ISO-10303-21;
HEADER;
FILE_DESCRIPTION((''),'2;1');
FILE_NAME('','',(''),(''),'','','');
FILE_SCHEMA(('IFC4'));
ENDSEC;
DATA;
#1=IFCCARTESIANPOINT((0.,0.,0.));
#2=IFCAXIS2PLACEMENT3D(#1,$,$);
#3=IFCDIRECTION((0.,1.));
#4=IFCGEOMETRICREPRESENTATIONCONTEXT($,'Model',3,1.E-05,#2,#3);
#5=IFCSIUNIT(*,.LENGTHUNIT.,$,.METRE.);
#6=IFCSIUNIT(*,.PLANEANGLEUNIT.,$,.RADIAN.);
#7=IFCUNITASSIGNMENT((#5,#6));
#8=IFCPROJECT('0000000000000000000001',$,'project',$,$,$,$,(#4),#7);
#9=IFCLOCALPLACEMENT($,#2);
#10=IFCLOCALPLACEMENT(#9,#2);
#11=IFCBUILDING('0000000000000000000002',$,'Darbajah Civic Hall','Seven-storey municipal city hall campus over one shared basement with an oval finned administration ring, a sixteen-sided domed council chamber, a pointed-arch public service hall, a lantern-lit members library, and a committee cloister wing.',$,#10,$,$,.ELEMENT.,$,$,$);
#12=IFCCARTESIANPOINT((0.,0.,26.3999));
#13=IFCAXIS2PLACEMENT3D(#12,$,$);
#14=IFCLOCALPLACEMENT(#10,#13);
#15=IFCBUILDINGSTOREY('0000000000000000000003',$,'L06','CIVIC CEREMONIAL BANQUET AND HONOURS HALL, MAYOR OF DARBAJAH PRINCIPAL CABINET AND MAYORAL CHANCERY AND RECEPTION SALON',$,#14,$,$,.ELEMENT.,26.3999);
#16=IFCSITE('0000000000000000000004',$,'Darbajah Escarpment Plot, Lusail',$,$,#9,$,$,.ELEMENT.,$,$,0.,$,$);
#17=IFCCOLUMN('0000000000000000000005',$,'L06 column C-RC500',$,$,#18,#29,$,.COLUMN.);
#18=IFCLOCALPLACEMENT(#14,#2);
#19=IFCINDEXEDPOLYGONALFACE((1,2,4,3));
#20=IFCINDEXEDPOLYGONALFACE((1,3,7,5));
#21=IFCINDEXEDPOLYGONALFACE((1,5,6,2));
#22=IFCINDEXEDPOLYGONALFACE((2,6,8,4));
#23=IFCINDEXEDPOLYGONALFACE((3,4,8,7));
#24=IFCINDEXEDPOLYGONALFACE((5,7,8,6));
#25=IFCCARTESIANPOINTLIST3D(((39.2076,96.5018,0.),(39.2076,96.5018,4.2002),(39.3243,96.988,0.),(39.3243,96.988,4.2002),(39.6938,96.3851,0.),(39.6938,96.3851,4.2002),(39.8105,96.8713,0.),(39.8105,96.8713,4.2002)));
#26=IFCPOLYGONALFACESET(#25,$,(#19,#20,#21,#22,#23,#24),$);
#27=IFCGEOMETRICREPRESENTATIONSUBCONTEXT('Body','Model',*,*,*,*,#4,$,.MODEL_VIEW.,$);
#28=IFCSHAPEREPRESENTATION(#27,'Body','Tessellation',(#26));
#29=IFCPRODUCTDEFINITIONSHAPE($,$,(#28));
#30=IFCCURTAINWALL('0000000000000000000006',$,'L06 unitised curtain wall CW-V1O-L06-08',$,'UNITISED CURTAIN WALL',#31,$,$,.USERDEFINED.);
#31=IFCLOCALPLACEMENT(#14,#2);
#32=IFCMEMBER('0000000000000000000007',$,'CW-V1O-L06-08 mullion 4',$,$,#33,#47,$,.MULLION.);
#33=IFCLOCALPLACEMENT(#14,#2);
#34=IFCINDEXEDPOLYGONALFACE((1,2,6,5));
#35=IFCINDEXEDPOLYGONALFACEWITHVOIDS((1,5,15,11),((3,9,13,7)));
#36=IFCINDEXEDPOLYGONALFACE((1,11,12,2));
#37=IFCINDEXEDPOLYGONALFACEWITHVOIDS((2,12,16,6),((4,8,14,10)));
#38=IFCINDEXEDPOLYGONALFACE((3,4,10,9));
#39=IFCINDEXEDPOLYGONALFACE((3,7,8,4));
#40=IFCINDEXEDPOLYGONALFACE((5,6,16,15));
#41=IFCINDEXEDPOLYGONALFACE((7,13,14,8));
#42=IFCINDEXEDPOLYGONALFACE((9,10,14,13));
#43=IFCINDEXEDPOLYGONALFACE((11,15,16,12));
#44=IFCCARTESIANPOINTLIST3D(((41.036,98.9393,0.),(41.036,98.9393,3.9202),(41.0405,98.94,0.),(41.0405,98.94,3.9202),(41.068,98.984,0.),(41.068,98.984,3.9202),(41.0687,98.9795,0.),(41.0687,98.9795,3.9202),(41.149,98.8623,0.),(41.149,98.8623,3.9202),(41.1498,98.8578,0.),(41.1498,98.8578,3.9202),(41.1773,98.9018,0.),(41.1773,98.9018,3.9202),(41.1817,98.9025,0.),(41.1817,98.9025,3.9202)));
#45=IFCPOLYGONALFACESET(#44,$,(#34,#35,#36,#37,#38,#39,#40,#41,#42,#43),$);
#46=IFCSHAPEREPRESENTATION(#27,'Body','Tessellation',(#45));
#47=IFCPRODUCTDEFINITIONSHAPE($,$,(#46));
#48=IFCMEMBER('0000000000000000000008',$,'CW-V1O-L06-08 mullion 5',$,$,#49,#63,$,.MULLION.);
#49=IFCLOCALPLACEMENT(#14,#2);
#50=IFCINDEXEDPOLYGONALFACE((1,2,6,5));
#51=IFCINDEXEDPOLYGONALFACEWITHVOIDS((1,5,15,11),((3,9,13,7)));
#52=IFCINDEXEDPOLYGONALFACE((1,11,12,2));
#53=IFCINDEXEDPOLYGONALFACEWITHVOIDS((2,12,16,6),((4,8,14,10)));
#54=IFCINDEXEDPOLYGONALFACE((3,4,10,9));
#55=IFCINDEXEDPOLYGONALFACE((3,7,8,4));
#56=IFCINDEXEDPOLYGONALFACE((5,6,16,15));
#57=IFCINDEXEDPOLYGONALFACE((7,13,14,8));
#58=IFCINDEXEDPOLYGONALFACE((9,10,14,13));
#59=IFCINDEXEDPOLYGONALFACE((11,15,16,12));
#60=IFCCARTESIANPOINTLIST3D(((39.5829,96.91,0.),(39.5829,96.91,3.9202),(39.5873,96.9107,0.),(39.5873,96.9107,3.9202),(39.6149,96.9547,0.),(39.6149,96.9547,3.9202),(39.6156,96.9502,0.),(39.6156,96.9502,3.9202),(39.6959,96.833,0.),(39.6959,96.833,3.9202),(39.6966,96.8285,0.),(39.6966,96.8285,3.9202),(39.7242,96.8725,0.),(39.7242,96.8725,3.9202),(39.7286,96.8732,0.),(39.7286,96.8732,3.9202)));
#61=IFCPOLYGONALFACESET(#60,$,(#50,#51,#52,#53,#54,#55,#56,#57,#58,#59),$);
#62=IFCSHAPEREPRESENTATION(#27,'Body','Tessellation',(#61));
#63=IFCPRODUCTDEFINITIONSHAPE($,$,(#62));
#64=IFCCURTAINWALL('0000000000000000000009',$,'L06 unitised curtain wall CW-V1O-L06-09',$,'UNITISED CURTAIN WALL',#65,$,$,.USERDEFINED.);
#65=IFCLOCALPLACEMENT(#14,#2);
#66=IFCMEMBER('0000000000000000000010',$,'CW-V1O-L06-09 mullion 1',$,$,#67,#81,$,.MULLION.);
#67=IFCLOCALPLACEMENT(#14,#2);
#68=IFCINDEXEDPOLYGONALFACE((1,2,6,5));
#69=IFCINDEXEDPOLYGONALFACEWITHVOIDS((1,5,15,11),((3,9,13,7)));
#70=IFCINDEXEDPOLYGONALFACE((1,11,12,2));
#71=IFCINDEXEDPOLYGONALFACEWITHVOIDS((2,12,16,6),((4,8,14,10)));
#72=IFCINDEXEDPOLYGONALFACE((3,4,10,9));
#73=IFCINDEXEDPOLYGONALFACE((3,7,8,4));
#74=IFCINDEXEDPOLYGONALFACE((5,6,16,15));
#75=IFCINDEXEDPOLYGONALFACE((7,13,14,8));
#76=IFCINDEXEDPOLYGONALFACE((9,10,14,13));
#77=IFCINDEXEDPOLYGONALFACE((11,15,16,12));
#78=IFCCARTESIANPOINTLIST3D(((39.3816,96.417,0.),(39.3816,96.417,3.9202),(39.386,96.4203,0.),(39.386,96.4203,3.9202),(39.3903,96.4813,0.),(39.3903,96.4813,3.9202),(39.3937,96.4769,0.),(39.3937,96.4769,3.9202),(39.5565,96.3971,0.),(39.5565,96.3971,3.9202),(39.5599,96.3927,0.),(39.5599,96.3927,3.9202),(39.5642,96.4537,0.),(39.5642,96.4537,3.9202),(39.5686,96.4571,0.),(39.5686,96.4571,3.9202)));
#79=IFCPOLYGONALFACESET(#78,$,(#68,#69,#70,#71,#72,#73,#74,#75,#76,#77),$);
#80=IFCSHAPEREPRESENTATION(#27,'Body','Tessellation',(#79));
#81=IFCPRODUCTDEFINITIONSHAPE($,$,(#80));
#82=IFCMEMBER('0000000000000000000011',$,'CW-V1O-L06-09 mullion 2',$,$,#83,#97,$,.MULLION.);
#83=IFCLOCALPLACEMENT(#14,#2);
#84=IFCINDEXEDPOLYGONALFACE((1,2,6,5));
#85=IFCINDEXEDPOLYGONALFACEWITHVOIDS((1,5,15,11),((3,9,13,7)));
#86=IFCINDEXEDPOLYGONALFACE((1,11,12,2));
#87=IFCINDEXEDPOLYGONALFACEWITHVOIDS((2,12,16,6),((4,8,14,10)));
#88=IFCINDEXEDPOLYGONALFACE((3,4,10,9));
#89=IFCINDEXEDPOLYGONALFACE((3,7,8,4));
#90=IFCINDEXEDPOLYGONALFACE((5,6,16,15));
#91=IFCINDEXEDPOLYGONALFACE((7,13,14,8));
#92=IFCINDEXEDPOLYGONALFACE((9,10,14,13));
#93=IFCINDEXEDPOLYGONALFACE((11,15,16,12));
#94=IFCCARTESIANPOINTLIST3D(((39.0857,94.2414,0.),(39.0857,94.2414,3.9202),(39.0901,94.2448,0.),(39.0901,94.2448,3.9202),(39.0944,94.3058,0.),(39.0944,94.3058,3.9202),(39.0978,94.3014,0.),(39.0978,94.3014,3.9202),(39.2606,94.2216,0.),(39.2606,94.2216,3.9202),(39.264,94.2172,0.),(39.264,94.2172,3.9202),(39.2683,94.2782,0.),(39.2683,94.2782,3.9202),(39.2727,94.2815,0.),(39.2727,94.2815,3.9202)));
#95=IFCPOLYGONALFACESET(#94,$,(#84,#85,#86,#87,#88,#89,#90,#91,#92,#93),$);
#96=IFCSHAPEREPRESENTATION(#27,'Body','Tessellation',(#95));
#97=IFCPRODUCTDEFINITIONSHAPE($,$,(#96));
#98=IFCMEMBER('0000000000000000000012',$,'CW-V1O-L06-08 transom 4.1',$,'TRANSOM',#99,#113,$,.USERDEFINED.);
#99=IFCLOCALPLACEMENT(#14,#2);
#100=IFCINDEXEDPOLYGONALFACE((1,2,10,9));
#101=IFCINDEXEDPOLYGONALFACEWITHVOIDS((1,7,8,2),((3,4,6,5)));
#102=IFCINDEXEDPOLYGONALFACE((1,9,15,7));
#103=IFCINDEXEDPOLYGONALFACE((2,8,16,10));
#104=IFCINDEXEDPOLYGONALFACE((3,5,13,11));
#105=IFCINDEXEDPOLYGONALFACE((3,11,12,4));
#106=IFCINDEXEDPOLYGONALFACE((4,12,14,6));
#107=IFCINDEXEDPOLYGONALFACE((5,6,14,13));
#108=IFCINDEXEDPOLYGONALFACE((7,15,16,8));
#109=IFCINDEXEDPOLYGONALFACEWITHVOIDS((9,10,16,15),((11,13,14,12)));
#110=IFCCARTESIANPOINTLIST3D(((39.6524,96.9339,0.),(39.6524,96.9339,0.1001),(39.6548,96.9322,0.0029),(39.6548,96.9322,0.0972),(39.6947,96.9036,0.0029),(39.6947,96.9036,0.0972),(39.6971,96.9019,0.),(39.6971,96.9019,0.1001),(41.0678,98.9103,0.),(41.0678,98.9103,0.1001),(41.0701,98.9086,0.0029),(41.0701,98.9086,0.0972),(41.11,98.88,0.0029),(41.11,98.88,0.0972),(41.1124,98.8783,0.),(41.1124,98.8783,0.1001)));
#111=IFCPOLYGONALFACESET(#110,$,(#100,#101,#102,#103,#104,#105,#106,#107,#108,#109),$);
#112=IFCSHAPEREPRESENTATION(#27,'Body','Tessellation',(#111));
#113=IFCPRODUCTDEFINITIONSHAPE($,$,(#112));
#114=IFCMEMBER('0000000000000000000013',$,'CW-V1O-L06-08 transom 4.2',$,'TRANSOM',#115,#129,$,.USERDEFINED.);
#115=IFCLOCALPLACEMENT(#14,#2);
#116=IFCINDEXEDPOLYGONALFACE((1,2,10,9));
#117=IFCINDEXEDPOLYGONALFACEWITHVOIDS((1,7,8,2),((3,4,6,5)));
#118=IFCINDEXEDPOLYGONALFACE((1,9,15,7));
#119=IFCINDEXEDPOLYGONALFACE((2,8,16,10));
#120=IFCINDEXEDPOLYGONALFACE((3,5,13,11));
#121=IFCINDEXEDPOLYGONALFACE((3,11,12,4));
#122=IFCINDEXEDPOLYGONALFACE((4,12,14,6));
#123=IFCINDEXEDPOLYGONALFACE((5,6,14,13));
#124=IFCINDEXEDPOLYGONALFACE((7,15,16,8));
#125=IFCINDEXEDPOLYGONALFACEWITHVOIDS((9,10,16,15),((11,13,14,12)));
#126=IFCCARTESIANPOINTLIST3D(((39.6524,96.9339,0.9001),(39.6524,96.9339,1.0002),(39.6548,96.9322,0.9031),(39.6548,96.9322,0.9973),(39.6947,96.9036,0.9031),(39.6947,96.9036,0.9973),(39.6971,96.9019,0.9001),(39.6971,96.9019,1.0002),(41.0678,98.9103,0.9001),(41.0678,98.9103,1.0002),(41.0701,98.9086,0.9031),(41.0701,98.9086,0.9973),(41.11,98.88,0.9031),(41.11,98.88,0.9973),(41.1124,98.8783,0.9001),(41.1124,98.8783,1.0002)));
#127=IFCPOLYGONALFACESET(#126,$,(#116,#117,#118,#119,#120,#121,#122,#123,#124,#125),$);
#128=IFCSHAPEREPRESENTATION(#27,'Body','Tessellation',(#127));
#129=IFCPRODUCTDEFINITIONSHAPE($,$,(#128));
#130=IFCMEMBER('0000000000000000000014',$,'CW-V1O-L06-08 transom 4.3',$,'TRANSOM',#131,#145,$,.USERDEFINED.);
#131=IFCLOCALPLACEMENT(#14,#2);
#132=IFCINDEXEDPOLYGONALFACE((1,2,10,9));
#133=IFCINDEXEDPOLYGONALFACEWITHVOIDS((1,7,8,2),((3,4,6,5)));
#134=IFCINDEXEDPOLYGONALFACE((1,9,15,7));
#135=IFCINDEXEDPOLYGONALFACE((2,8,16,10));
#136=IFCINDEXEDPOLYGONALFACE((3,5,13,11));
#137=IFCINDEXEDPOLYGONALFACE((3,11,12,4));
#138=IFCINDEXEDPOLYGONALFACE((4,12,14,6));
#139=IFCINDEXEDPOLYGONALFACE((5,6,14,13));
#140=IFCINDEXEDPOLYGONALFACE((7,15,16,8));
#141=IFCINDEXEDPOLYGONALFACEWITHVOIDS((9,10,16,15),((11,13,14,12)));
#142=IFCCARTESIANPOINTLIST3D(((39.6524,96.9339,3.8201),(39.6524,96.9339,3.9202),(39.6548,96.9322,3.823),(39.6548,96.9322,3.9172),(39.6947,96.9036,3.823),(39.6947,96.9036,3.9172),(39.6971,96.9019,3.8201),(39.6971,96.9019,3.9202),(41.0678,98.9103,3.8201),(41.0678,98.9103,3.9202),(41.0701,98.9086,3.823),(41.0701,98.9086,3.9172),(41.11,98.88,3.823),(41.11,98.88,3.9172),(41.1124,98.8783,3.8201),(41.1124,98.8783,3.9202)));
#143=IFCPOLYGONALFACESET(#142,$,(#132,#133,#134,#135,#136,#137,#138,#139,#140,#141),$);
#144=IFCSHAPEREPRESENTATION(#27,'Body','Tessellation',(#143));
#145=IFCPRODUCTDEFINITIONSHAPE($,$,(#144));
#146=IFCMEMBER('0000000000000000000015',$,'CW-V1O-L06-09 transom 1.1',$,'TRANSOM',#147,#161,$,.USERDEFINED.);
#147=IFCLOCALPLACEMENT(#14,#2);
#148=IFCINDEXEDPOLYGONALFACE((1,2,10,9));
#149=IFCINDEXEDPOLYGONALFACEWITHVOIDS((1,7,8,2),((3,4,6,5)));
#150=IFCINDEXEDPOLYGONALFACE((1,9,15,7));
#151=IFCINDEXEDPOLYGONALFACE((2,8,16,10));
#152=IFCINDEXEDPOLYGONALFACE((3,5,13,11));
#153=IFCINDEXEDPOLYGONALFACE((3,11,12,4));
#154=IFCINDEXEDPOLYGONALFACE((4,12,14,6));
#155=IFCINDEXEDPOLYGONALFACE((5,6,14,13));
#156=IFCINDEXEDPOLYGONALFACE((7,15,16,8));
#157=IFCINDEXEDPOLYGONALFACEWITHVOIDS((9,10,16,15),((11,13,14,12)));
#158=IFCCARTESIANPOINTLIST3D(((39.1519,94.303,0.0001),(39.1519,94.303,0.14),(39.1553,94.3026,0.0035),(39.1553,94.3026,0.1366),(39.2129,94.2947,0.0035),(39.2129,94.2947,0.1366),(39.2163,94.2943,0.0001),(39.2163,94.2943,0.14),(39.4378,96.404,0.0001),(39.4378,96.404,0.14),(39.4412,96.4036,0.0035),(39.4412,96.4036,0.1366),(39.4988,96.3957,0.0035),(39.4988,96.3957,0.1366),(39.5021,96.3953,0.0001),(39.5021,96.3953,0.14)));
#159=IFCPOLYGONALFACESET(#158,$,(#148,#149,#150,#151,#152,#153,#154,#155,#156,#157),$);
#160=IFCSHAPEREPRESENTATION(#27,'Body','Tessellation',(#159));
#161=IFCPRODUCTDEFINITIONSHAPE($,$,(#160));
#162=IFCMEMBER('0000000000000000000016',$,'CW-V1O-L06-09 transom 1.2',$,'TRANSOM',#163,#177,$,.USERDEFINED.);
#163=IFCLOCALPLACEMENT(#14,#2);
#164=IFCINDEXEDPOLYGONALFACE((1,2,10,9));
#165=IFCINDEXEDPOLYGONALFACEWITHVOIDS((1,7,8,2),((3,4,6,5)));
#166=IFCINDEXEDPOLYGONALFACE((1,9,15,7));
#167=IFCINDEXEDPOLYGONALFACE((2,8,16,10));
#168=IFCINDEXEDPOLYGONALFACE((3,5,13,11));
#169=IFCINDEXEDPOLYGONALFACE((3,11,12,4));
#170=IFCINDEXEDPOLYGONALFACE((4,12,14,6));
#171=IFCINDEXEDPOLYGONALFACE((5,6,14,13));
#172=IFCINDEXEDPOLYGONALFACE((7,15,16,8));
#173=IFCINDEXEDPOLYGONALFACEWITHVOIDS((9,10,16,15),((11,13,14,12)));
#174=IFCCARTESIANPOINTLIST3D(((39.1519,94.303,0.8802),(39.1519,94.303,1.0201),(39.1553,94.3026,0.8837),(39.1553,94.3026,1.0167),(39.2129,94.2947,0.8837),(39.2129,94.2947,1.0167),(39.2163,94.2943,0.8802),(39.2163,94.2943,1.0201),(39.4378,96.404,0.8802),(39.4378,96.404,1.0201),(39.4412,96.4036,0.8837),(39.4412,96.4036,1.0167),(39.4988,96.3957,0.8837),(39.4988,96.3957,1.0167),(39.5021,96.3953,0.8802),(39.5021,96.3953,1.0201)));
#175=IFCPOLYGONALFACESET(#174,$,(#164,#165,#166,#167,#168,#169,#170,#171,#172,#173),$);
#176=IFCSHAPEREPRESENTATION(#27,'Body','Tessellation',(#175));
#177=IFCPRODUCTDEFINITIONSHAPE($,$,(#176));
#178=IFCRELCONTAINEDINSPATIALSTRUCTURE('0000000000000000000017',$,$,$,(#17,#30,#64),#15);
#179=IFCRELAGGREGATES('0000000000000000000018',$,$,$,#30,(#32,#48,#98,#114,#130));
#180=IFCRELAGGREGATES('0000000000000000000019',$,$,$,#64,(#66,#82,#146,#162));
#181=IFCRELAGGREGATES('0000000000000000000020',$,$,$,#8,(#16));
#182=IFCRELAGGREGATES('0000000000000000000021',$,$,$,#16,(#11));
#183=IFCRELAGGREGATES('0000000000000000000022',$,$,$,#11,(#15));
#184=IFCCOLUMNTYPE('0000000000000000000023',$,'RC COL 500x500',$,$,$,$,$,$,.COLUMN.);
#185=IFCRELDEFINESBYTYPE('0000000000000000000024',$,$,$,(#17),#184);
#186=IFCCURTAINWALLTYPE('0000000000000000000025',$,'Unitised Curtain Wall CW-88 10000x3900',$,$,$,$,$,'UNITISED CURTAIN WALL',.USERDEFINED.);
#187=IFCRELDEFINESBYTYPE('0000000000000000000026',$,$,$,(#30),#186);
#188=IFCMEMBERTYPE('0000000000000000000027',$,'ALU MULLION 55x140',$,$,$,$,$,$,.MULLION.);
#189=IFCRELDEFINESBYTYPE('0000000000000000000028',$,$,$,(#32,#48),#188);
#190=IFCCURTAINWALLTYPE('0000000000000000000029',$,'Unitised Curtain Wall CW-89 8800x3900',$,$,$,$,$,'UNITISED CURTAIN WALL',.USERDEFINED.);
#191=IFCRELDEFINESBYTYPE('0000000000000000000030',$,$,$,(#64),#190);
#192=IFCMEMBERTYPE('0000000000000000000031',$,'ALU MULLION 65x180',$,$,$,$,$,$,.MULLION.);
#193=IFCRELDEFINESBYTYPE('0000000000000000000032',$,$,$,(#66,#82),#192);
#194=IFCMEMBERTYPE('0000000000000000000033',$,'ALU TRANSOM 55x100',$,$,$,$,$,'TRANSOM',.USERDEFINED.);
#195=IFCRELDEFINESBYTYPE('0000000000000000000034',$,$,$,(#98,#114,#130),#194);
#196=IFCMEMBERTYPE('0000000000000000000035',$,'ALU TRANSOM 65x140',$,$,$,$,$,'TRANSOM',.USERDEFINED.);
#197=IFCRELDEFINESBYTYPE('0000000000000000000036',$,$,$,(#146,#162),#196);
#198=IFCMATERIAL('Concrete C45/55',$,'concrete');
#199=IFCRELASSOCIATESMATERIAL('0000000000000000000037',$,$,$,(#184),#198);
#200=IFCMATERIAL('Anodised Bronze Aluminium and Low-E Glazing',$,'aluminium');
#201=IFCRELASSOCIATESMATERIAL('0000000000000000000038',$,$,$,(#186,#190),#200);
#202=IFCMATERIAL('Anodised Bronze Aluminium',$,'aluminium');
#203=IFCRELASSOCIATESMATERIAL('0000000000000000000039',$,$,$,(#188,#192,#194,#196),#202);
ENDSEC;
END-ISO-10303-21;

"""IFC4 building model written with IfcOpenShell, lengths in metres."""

from ifc_helpers import new_model, si_unit, direction, frame, origin, origin_2d, place, context, subcontext, project, spatial, rectangle, hollow_rectangle, extrude, material, material_profile, profile_set, type_object, element, aggregate, save


model = new_model("IFC4")

# Units and contexts
model_context = context("Model", 3, precision=1e-05, world=origin(), true_north=direction((0.0, 1.0)))
body_context = subcontext(model_context, "Body", "Model", "MODEL_VIEW")
ifc_project = project(units=[si_unit("LENGTHUNIT", "METRE"), si_unit("PLANEANGLEUNIT", "RADIAN")], contexts=[model_context])

# Site, building, storey
site_placement = place(None, origin())
site = spatial("IfcSite", under=ifc_project, at=site_placement, Name="Darbajah Escarpment Plot, Lusail", CompositionType="ELEMENT", RefElevation=0.0)
building_placement = place(site_placement, origin())
building = spatial("IfcBuilding", under=site, at=building_placement, Name="Darbajah Civic Hall", Description="Seven-storey municipal city hall campus over one shared basement with an oval finned administration ring, a sixteen-sided domed council chamber, a pointed-arch public service hall, a lantern-lit members library, and a committee cloister wing.", CompositionType="ELEMENT")
storey_placement = place(building_placement, frame((0.0, 0.0, 26.3999)))
storey = spatial("IfcBuildingStorey", under=building, at=storey_placement, Name="L06", Description="CIVIC CEREMONIAL BANQUET AND HONOURS HALL, MAYOR OF DARBAJAH PRINCIPAL CABINET AND MAYORAL CHANCERY AND RECEPTION SALON", CompositionType="ELEMENT", Elevation=26.3999)

# Column
ifc_material_1 = material(Name="Concrete C45/55", Category="concrete")
ifc_material_profile_1 = material_profile(ifc_material_1, rectangle(XDim=0.5, YDim=0.5, at=origin_2d()), Name="RC COL 500x500")
ifc_profile_set_1 = profile_set([ifc_material_profile_1], Name="Concrete C45/55")
column_type = type_object("IfcColumnType", Name="RC COL 500x500", PredefinedType="COLUMN", material=ifc_profile_set_1)
column_placement = place(storey_placement, frame((39.509, 96.6865, 0.0), z_axis=(0.0, 0.0, 1.0), x_axis=(-0.97237, 0.233445, 0.0)))
element("IfcColumn", 1, at=column_placement, inside=storey, type_object=column_type, Name="L06 column C-RC500", PredefinedType="COLUMN", context=body_context, shape_type="SweptSolid", body=[
    extrude(rectangle(XDim=0.5, YDim=0.5, at=origin_2d()), origin(), (0.0, 0.0, 1.0), 4.2002),
])

# Curtain walls, members
ifc_material_2 = material(Name="Anodised Bronze Aluminium and Low-E Glazing", Category="aluminium")
curtain_wall_type_1 = type_object("IfcCurtainWallType", Name="Unitised Curtain Wall CW-88 10000x3900", ElementType="UNITISED CURTAIN WALL", PredefinedType="USERDEFINED", material=ifc_material_2)
curtain_wall_1_placement = place(storey_placement, origin())
curtain_wall_1 = element("IfcCurtainWall", 2, at=curtain_wall_1_placement, inside=storey, type_object=curtain_wall_type_1, Name="L06 unitised curtain wall CW-V1O-L06-08", ObjectType="UNITISED CURTAIN WALL", PredefinedType="USERDEFINED")
ifc_material_3 = material(Name="Anodised Bronze Aluminium", Category="aluminium")
ifc_material_profile_2 = material_profile(ifc_material_3, hollow_rectangle(XDim=0.0549, YDim=0.1399, WallThickness=0.0032, at=origin_2d()), Name="ALU MULLION 55x140")
ifc_profile_set_2 = profile_set([ifc_material_profile_2], Name="Anodised Bronze Aluminium")
member_type_1 = type_object("IfcMemberType", Name="ALU MULLION 55x140", PredefinedType="MULLION", material=ifc_profile_set_2)
member_1_placement = place(storey_placement, frame((41.1089, 98.9209, 0.0), z_axis=(0.0, 0.0, 1.0), x_axis=(-0.582265, -0.812999, 0.0)))
member_1 = element("IfcMember", 3, at=member_1_placement, type_object=member_type_1, Name="CW-V1O-L06-08 mullion 4", PredefinedType="MULLION", context=body_context, shape_type="SweptSolid", body=[
    extrude(hollow_rectangle(XDim=0.0549, YDim=0.1399, WallThickness=0.0032, at=origin_2d()), origin(), (0.0, 0.0, 1.0), 3.9202),
])
member_2_placement = place(storey_placement, frame((39.6558, 96.8916, 0.0), z_axis=(0.0, 0.0, 1.0), x_axis=(-0.582265, -0.812999, 0.0)))
member_2 = element("IfcMember", 4, at=member_2_placement, type_object=member_type_1, Name="CW-V1O-L06-08 mullion 5", PredefinedType="MULLION", context=body_context, shape_type="SweptSolid", body=[
    extrude(hollow_rectangle(XDim=0.0549, YDim=0.1399, WallThickness=0.0032, at=origin_2d()), origin(), (0.0, 0.0, 1.0), 3.9202),
])
curtain_wall_type_2 = type_object("IfcCurtainWallType", Name="Unitised Curtain Wall CW-89 8800x3900", ElementType="UNITISED CURTAIN WALL", PredefinedType="USERDEFINED", material=ifc_material_2)
curtain_wall_2_placement = place(storey_placement, origin())
curtain_wall_2 = element("IfcCurtainWall", 5, at=curtain_wall_2_placement, inside=storey, type_object=curtain_wall_type_2, Name="L06 unitised curtain wall CW-V1O-L06-09", ObjectType="UNITISED CURTAIN WALL", PredefinedType="USERDEFINED")
ifc_material_profile_3 = material_profile(ifc_material_3, hollow_rectangle(XDim=0.0649, YDim=0.1799, WallThickness=0.0039, at=origin_2d()), Name="ALU MULLION 65x180")
ifc_profile_set_3 = profile_set([ifc_material_profile_3], Name="Anodised Bronze Aluminium")
member_type_2 = type_object("IfcMemberType", Name="ALU MULLION 65x180", PredefinedType="MULLION", material=ifc_profile_set_3)
member_3_placement = place(storey_placement, frame((39.4751, 96.437, 0.0), z_axis=(0.0, 0.0, 1.0), x_axis=(-0.134851, -0.990866, 0.0)))
member_3 = element("IfcMember", 6, at=member_3_placement, type_object=member_type_2, Name="CW-V1O-L06-09 mullion 1", PredefinedType="MULLION", context=body_context, shape_type="SweptSolid", body=[
    extrude(hollow_rectangle(XDim=0.0649, YDim=0.1799, WallThickness=0.0039, at=origin_2d()), origin(), (0.0, 0.0, 1.0), 3.9202),
])
member_4_placement = place(storey_placement, frame((39.1792, 94.2615, 0.0), z_axis=(0.0, 0.0, 1.0), x_axis=(-0.134851, -0.990866, 0.0)))
member_4 = element("IfcMember", 7, at=member_4_placement, type_object=member_type_2, Name="CW-V1O-L06-09 mullion 2", PredefinedType="MULLION", context=body_context, shape_type="SweptSolid", body=[
    extrude(hollow_rectangle(XDim=0.0649, YDim=0.1799, WallThickness=0.0039, at=origin_2d()), origin(), (0.0, 0.0, 1.0), 3.9202),
])

# Members
ifc_material_profile_4 = material_profile(ifc_material_3, hollow_rectangle(XDim=0.0549, YDim=0.1001, WallThickness=0.0029, at=origin_2d()), Name="ALU TRANSOM 55x100")
ifc_profile_set_4 = profile_set([ifc_material_profile_4], Name="Anodised Bronze Aluminium")
member_type_3 = type_object("IfcMemberType", Name="ALU TRANSOM 55x100", ElementType="TRANSOM", PredefinedType="USERDEFINED", material=ifc_profile_set_4)
member_5_placement = place(storey_placement, frame((41.0901, 98.8943, 0.05), z_axis=(-0.582226, -0.813027, 0.0), x_axis=(0.813027, -0.582226, 0.0)))
member_5 = element("IfcMember", 8, at=member_5_placement, type_object=member_type_3, Name="CW-V1O-L06-08 transom 4.1", ObjectType="TRANSOM", PredefinedType="USERDEFINED", context=body_context, shape_type="SweptSolid", body=[
    extrude(hollow_rectangle(XDim=0.0549, YDim=0.1001, WallThickness=0.0029, at=origin_2d()), origin(), (0.0, 0.0, 1.0), 2.4309),
])
member_6_placement = place(storey_placement, frame((41.0901, 98.8943, 0.9502), z_axis=(-0.582226, -0.813027, 0.0), x_axis=(0.813027, -0.582226, 0.0)))
member_6 = element("IfcMember", 9, at=member_6_placement, type_object=member_type_3, Name="CW-V1O-L06-08 transom 4.2", ObjectType="TRANSOM", PredefinedType="USERDEFINED", context=body_context, shape_type="SweptSolid", body=[
    extrude(hollow_rectangle(XDim=0.0549, YDim=0.1001, WallThickness=0.0029, at=origin_2d()), origin(), (0.0, 0.0, 1.0), 2.4309),
])
member_7_placement = place(storey_placement, frame((41.0901, 98.8943, 3.8701), z_axis=(-0.582226, -0.813027, 0.0), x_axis=(0.813027, -0.582226, 0.0)))
member_7 = element("IfcMember", 10, at=member_7_placement, type_object=member_type_3, Name="CW-V1O-L06-08 transom 4.3", ObjectType="TRANSOM", PredefinedType="USERDEFINED", context=body_context, shape_type="SweptSolid", body=[
    extrude(hollow_rectangle(XDim=0.0549, YDim=0.1001, WallThickness=0.0029, at=origin_2d()), origin(), (0.0, 0.0, 1.0), 2.4309),
])
ifc_material_profile_5 = material_profile(ifc_material_3, hollow_rectangle(XDim=0.0649, YDim=0.1399, WallThickness=0.0034, at=origin_2d()), Name="ALU TRANSOM 65x140")
ifc_profile_set_5 = profile_set([ifc_material_profile_5], Name="Anodised Bronze Aluminium")
member_type_4 = type_object("IfcMemberType", Name="ALU TRANSOM 65x140", ElementType="TRANSOM", PredefinedType="USERDEFINED", material=ifc_profile_set_5)
member_8_placement = place(storey_placement, frame((39.47, 96.3997, 0.0701), z_axis=(-0.134825, -0.990869, 0.0), x_axis=(0.990869, -0.134825, 0.0)))
member_8 = element("IfcMember", 11, at=member_8_placement, type_object=member_type_4, Name="CW-V1O-L06-09 transom 1.1", ObjectType="TRANSOM", PredefinedType="USERDEFINED", context=body_context, shape_type="SweptSolid", body=[
    extrude(hollow_rectangle(XDim=0.0649, YDim=0.1399, WallThickness=0.0034, at=origin_2d()), origin(), (0.0, 0.0, 1.0), 2.1204),
])
member_9_placement = place(storey_placement, frame((39.47, 96.3997, 0.9502), z_axis=(-0.134825, -0.990869, 0.0), x_axis=(0.990869, -0.134825, 0.0)))
member_9 = element("IfcMember", 12, at=member_9_placement, type_object=member_type_4, Name="CW-V1O-L06-09 transom 1.2", ObjectType="TRANSOM", PredefinedType="USERDEFINED", context=body_context, shape_type="SweptSolid", body=[
    extrude(hollow_rectangle(XDim=0.0649, YDim=0.1399, WallThickness=0.0034, at=origin_2d()), origin(), (0.0, 0.0, 1.0), 2.1204),
])

aggregate(curtain_wall_1, [member_1, member_2, member_5, member_6, member_7])
aggregate(curtain_wall_2, [member_3, member_4, member_8, member_9])

save(model, "model.ifc")
